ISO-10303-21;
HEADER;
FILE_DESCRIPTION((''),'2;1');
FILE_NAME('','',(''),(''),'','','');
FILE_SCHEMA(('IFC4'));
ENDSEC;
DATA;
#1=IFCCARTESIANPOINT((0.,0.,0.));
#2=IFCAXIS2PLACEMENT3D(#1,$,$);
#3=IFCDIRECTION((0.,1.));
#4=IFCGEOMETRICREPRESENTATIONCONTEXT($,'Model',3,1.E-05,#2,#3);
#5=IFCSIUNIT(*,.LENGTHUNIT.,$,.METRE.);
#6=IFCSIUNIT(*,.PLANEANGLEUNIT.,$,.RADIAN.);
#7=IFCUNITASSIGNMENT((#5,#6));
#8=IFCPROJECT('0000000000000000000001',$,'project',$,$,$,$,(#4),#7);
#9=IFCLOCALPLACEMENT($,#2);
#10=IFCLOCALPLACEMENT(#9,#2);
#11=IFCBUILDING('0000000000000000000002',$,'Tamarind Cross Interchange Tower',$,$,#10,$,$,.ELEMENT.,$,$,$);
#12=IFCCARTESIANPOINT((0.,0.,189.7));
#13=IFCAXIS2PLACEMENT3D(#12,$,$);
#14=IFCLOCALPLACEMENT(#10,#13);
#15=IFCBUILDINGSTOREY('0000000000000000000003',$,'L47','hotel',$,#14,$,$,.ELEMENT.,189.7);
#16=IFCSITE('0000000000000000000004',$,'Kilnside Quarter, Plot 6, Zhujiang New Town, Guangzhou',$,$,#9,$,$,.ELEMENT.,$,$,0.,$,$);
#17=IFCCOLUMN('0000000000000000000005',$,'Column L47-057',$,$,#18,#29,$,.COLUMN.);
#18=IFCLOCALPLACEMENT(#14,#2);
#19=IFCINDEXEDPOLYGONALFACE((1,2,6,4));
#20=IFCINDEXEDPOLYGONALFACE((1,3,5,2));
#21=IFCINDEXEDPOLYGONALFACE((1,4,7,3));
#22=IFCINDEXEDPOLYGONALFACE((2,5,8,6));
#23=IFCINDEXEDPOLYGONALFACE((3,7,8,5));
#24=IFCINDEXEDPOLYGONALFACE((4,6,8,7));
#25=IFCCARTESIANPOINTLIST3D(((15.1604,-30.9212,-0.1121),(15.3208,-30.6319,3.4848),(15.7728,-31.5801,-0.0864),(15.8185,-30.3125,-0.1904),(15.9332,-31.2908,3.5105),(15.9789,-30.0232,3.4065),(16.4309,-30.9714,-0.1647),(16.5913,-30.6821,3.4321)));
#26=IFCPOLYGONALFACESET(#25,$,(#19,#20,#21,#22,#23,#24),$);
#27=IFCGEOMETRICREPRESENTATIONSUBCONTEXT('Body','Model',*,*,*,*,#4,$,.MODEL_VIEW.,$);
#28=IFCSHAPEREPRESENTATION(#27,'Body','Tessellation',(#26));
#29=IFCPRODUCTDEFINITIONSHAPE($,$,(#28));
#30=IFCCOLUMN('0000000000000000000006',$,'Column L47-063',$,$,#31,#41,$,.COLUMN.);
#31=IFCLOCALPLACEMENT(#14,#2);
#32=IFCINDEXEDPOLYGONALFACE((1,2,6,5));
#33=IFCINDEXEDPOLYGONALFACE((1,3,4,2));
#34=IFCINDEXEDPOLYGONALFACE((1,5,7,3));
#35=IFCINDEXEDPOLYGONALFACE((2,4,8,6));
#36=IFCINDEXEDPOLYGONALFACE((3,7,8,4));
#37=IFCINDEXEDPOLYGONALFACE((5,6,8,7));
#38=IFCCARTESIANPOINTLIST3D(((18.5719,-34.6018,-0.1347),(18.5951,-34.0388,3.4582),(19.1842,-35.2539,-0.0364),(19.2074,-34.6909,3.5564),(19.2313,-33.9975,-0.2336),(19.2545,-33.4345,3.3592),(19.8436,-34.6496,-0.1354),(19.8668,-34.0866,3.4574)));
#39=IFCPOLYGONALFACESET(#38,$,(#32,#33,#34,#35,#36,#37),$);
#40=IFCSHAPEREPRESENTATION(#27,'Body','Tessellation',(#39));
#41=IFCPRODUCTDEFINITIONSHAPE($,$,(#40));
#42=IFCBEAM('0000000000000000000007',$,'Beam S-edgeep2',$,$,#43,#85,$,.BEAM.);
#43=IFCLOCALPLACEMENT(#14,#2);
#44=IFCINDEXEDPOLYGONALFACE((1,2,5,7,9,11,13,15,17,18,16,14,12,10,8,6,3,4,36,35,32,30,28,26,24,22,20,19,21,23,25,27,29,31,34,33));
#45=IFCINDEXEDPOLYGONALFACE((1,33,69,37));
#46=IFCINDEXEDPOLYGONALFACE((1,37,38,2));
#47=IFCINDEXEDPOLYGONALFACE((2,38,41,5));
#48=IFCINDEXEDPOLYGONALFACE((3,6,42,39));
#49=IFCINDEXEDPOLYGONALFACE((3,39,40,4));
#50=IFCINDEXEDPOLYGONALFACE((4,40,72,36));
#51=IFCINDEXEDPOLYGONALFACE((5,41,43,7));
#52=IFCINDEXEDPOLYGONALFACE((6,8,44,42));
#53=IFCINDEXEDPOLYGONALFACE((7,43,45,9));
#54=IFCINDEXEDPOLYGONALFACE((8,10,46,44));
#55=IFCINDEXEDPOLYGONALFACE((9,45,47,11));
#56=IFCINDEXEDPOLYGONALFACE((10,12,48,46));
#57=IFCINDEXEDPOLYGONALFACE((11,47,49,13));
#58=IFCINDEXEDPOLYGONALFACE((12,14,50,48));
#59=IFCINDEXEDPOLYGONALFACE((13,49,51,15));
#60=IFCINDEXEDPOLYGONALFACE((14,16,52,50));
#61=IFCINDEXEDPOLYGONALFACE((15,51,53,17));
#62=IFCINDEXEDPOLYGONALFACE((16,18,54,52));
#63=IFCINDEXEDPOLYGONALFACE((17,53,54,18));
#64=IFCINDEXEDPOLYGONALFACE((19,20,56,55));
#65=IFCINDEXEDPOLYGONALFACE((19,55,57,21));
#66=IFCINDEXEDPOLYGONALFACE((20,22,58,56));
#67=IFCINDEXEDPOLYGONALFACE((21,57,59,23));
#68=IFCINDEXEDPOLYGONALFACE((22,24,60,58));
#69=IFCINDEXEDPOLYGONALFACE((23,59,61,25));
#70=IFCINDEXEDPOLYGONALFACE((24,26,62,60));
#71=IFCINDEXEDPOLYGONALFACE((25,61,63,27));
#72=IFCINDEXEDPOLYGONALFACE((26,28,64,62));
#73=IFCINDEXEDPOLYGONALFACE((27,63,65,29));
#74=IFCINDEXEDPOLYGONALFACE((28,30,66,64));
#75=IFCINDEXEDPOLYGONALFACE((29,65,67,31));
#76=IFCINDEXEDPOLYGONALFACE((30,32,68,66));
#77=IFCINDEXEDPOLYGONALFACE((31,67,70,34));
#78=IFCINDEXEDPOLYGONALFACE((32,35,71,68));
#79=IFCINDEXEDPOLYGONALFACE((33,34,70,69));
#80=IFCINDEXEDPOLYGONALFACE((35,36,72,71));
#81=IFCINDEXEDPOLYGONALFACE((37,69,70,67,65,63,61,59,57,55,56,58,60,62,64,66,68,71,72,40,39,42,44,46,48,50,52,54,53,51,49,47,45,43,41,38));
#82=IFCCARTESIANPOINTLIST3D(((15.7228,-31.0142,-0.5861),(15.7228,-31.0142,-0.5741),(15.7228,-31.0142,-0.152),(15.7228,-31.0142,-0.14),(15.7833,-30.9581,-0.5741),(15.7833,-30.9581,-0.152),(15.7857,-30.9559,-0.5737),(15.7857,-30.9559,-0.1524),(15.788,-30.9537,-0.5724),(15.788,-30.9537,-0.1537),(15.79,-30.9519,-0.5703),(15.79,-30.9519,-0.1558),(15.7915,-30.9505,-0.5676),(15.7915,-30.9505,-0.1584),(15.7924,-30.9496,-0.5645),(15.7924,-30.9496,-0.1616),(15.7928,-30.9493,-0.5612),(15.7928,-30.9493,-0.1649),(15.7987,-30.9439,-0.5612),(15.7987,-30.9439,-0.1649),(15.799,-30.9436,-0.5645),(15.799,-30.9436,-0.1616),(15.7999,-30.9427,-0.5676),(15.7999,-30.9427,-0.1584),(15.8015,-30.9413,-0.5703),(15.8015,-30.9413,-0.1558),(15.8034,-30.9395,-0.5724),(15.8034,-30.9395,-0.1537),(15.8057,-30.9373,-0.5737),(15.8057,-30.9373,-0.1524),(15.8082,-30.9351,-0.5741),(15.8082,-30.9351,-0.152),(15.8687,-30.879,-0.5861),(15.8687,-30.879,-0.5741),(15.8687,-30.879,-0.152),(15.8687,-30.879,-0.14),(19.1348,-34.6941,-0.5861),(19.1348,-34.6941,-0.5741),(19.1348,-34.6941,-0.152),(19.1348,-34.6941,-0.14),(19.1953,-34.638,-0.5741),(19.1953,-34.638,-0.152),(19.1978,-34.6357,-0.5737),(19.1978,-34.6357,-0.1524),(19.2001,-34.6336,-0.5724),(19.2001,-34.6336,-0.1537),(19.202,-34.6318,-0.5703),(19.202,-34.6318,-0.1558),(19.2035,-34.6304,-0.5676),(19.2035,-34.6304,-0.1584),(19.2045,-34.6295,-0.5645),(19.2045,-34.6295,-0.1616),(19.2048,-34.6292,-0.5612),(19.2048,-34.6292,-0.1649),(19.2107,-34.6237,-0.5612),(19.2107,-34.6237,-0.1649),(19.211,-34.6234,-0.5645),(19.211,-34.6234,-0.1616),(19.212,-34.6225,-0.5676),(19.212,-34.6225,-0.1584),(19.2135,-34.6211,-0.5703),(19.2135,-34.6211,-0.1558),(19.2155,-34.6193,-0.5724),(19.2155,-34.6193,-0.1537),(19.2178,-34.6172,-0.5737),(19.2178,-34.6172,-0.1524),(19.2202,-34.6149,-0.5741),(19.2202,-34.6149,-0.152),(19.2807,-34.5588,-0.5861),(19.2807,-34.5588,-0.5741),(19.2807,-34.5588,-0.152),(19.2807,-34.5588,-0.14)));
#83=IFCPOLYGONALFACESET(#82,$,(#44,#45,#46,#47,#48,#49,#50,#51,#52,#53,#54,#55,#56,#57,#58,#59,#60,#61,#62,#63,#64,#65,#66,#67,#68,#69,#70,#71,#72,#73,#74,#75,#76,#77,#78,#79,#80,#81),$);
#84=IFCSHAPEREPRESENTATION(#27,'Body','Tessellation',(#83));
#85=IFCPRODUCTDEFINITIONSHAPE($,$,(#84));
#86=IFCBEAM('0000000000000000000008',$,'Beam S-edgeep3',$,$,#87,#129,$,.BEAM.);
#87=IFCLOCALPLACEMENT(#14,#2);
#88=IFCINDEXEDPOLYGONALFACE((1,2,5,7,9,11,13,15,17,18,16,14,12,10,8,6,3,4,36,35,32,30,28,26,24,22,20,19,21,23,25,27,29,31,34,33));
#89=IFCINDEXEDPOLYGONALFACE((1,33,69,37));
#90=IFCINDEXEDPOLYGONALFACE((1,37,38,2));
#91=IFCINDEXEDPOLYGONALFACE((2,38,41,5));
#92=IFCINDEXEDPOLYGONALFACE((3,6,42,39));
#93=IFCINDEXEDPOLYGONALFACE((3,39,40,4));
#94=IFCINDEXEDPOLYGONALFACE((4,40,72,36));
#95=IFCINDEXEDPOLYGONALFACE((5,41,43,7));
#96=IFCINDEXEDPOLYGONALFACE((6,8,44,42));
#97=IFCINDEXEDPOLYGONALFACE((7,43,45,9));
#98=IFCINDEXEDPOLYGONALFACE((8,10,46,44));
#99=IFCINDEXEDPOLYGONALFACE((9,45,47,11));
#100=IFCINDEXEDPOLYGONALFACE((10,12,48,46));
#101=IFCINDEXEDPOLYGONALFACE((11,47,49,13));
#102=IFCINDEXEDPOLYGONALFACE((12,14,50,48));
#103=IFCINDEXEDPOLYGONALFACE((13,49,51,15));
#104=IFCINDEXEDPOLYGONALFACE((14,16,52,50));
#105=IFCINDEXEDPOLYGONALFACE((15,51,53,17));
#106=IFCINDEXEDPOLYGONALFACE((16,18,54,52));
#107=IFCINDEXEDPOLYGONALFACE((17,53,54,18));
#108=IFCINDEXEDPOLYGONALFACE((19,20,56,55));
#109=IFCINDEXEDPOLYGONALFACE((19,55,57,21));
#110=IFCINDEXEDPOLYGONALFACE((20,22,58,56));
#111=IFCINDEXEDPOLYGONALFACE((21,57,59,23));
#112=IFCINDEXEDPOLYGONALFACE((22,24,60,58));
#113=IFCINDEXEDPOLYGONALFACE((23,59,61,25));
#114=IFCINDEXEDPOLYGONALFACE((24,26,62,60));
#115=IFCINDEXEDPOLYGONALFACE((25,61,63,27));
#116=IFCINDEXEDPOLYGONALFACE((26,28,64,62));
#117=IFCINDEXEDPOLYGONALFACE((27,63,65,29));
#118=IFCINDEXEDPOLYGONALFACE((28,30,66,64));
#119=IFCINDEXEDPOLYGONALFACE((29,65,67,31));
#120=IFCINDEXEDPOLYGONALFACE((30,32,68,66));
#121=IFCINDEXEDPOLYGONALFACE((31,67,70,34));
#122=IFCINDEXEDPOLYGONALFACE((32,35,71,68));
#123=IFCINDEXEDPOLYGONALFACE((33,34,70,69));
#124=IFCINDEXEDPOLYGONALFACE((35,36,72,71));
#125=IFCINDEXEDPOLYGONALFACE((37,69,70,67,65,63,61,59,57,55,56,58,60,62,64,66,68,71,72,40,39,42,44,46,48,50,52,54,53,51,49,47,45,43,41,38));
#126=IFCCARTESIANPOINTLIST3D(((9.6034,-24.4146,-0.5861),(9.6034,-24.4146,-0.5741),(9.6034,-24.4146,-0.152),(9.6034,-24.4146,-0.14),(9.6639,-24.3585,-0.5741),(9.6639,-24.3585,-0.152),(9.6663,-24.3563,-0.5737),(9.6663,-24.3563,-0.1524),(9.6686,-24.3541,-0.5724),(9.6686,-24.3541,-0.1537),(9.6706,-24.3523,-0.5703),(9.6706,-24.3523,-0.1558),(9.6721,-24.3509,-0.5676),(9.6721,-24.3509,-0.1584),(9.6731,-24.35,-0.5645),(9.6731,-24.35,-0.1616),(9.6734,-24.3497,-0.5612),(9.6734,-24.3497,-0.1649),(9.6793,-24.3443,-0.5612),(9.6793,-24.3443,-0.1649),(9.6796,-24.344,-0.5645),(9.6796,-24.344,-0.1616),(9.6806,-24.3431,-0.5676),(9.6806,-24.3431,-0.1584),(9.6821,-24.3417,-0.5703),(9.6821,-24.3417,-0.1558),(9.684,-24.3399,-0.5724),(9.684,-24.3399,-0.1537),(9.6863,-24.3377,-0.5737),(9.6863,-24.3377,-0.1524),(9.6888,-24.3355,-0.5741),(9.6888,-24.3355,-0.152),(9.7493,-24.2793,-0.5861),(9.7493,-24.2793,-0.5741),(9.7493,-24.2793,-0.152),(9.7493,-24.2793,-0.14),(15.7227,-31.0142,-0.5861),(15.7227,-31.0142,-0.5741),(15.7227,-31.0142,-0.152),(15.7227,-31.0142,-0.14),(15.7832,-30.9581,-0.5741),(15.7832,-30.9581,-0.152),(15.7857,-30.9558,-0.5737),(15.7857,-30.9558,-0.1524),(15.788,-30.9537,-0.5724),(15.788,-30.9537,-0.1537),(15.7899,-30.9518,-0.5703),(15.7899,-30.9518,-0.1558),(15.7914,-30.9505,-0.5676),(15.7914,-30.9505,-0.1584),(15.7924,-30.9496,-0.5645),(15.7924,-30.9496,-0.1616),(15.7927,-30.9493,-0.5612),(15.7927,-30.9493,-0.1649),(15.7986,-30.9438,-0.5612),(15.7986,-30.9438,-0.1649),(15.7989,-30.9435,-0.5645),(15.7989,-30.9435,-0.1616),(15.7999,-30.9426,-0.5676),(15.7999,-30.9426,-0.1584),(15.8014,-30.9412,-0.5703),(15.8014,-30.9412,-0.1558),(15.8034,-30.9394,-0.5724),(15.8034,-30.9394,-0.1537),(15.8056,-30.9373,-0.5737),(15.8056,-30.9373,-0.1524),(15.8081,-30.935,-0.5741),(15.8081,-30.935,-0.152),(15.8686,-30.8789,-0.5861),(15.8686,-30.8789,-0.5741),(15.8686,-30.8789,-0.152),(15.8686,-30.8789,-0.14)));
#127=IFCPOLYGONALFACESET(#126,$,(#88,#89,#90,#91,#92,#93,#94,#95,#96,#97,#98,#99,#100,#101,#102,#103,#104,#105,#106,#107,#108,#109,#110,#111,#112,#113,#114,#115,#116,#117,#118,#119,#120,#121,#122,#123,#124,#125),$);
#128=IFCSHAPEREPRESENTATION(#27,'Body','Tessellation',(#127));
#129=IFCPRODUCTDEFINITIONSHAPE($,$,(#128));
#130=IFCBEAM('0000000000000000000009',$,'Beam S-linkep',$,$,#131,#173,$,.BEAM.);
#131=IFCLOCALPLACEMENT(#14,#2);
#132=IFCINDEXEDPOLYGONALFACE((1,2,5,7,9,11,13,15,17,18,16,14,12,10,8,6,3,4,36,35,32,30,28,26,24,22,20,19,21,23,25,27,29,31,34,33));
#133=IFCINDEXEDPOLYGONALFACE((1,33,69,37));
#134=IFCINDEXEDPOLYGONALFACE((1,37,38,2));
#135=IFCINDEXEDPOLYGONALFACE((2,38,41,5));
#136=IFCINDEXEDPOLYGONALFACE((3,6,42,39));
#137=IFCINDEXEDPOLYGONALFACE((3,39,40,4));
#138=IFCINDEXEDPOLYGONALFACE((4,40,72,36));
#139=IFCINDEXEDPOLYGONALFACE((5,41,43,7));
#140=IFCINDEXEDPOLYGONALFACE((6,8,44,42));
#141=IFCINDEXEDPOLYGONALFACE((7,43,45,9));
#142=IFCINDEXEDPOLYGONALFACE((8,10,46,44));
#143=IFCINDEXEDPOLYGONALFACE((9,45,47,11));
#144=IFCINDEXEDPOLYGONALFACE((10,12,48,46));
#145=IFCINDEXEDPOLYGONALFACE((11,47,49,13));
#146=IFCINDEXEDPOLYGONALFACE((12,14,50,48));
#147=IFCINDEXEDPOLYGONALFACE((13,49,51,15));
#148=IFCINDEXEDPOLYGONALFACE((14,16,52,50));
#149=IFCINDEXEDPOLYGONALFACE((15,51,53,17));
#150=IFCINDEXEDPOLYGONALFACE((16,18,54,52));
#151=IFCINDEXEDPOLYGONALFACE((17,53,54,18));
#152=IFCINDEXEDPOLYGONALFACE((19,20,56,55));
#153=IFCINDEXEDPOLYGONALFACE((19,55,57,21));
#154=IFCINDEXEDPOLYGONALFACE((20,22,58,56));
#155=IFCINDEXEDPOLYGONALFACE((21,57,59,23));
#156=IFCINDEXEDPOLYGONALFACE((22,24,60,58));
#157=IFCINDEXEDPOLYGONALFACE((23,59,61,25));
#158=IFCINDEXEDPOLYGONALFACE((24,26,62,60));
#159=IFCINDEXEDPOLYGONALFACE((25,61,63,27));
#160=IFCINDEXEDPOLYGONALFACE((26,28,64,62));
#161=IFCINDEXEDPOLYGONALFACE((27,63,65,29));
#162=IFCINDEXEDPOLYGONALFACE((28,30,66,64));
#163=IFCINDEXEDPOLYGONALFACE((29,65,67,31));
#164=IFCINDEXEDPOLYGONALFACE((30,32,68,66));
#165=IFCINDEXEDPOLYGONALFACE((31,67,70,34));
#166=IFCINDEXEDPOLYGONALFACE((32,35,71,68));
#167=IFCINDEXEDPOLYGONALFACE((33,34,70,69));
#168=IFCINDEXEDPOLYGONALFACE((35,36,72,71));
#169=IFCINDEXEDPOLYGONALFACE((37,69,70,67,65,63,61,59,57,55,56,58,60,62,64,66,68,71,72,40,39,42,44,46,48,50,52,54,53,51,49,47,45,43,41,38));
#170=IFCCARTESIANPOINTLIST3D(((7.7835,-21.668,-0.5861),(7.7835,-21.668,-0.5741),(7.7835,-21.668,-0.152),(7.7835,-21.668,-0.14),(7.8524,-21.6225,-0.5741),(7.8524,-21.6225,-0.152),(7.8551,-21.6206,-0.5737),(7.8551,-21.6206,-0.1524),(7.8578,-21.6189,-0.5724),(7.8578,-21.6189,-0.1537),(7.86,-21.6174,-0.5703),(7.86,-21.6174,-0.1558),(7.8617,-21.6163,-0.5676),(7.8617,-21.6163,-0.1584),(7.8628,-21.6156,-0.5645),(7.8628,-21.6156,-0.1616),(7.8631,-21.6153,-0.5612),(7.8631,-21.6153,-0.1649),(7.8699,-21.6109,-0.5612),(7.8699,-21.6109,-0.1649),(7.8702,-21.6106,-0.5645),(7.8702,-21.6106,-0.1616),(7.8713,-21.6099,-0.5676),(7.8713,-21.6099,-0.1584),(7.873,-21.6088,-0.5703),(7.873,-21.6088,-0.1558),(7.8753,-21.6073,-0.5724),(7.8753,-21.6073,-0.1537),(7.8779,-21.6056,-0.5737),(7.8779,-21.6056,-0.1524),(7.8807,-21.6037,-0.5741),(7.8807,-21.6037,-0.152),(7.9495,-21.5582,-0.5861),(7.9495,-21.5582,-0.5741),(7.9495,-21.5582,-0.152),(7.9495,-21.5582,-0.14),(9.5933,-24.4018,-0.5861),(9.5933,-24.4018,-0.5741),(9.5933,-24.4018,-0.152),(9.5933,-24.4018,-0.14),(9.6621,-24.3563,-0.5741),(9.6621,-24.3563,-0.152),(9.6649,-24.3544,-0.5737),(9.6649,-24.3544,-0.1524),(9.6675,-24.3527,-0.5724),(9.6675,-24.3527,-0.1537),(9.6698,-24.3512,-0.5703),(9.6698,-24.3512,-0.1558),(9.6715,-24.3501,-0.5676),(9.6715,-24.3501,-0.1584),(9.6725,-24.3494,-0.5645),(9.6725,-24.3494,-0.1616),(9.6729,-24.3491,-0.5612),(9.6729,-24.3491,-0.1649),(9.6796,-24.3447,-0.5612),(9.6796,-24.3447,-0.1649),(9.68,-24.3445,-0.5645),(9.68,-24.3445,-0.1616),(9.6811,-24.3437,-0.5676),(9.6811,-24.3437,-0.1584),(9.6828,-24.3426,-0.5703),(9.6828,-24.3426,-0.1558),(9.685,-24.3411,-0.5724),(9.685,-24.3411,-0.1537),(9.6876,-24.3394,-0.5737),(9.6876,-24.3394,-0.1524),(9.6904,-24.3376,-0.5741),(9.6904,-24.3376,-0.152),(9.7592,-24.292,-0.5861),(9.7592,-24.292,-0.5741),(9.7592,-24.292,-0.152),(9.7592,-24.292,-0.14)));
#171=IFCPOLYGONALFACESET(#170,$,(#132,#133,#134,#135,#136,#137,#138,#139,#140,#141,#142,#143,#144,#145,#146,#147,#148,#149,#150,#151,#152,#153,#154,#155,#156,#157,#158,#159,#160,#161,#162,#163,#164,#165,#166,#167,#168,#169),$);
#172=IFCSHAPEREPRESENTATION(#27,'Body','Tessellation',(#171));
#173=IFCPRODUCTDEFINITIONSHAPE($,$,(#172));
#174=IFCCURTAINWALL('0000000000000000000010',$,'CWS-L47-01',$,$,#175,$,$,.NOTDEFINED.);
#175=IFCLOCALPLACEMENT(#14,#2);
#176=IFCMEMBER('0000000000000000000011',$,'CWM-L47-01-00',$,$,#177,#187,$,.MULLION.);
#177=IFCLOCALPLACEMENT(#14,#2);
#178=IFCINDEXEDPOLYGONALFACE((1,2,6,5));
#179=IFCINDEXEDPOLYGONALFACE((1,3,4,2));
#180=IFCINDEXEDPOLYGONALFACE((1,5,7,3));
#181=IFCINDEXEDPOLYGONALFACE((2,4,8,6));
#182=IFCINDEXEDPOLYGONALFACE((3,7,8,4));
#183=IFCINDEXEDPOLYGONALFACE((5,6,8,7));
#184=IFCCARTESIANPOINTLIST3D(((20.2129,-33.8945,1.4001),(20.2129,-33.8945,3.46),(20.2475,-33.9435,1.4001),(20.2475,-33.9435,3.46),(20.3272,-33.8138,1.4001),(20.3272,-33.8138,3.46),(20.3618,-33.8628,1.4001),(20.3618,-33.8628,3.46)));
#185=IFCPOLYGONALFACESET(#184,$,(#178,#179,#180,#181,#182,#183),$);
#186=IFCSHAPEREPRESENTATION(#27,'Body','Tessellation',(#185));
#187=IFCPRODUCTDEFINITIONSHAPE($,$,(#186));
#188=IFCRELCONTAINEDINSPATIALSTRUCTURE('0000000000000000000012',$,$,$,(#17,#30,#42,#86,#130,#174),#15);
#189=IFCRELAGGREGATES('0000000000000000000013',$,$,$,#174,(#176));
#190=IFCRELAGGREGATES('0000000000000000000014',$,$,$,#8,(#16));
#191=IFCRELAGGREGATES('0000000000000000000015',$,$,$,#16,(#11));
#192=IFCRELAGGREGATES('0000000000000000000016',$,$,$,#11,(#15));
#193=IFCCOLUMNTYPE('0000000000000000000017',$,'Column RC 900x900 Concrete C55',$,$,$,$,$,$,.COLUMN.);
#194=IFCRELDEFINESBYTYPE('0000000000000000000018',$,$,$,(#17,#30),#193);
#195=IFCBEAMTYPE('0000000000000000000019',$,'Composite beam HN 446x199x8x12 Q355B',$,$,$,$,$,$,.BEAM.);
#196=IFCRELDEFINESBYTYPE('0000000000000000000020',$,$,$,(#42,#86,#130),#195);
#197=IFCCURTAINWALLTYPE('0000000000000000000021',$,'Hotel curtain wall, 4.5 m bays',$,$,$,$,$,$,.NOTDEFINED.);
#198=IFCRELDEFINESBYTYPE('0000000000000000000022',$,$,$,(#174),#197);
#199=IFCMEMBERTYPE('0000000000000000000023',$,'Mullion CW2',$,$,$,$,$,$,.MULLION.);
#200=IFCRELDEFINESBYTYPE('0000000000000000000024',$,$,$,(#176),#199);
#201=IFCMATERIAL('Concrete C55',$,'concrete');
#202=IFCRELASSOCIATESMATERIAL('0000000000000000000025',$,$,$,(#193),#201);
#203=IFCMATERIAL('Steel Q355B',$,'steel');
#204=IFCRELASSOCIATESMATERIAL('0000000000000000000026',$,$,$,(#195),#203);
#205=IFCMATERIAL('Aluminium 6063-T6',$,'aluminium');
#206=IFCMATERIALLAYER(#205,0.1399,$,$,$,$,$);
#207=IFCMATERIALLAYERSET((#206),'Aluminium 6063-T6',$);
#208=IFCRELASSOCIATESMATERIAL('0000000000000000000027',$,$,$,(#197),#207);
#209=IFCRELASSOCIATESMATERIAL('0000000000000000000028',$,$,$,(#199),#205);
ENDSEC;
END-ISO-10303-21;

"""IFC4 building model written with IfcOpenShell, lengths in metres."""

from ifc_helpers import new_model, si_unit, direction, frame, origin, origin_2d, place, context, subcontext, project, spatial, rectangle, i_section, extrude, material, layer, layer_set, material_profile, profile_set, type_object, element, aggregate, save


model = new_model("IFC4")

# Units and contexts
model_context = context("Model", 3, precision=1e-05, world=origin(), true_north=direction((0.0, 1.0)))
body_context = subcontext(model_context, "Body", "Model", "MODEL_VIEW")
ifc_project = project(units=[si_unit("LENGTHUNIT", "METRE"), si_unit("PLANEANGLEUNIT", "RADIAN")], contexts=[model_context])

# Site, building, storey
site_placement = place(None, origin())
site = spatial("IfcSite", under=ifc_project, at=site_placement, Name="Kilnside Quarter, Plot 6, Zhujiang New Town, Guangzhou", CompositionType="ELEMENT", RefElevation=0.0)
building_placement = place(site_placement, origin())
building = spatial("IfcBuilding", under=site, at=building_placement, Name="Tamarind Cross Interchange Tower", CompositionType="ELEMENT")
storey_placement = place(building_placement, frame((0.0, 0.0, 189.7)))
storey = spatial("IfcBuildingStorey", under=building, at=storey_placement, Name="L47", Description="hotel", CompositionType="ELEMENT", Elevation=189.7)

# Columns
ifc_material_1 = material(Name="Concrete C55", Category="concrete")
ifc_material_profile_1 = material_profile(ifc_material_1, rectangle(XDim=0.8999, YDim=0.8999, at=origin_2d()), Name="RC 900x900")
ifc_profile_set_1 = profile_set([ifc_material_profile_1], Name="Concrete C55")
column_type = type_object("IfcColumnType", Name="Column RC 900x900 Concrete C55", PredefinedType="COLUMN", material=ifc_profile_set_1)
column_1_placement = place(storey_placement, frame((15.7957, -30.9463, -0.1384), z_axis=(0.044406, 0.080094, 0.995798), x_axis=(-0.731369, -0.676408, 0.087019)))
element("IfcColumn", 1, at=column_1_placement, inside=storey, type_object=column_type, Name="Column L47-057", PredefinedType="COLUMN", context=body_context, shape_type="SweptSolid", body=[
    extrude(rectangle(XDim=0.8999, YDim=0.8999, at=origin_2d()), origin(), (0.0, 0.0, 1.0), 3.6121),
])
column_2_placement = place(storey_placement, frame((19.2078, -34.6257, -0.135), z_axis=(0.006378, 0.154808, 0.987924), x_axis=(-0.732786, -0.671517, 0.109957)))
element("IfcColumn", 2, at=column_2_placement, inside=storey, type_object=column_type, Name="Column L47-063", PredefinedType="COLUMN", context=body_context, shape_type="SweptSolid", body=[
    extrude(rectangle(XDim=0.8999, YDim=0.8999, at=origin_2d()), origin(), (0.0, 0.0, 1.0), 3.6367),
])

# Beams
ifc_material_2 = material(Name="Steel Q355B", Category="steel")
ifc_material_profile_2 = material_profile(ifc_material_2, i_section(OverallWidth=0.199, OverallDepth=0.446, WebThickness=0.0081, FlangeThickness=0.012, FilletRadius=0.0129, at=origin_2d()), Name="HN 446x199x8x12")
ifc_profile_set_2 = profile_set([ifc_material_profile_2], Name="Steel Q355B")
beam_type = type_object("IfcBeamType", Name="Composite beam HN 446x199x8x12 Q355B", PredefinedType="BEAM", material=ifc_profile_set_2)
beam_1_placement = place(storey_placement, frame((19.2078, -34.6265, -0.363), z_axis=(-0.679919, 0.733287, 0.0), x_axis=(-0.733287, -0.679919, 0.0)))
element("IfcBeam", 3, at=beam_1_placement, inside=storey, type_object=beam_type, Name="Beam S-edgeep2", PredefinedType="BEAM", context=body_context, shape_type="SweptSolid", body=[
    extrude(i_section(OverallWidth=0.199, OverallDepth=0.446, WebThickness=0.0081, FlangeThickness=0.012, FilletRadius=0.0129, at=origin_2d()), origin(), (0.0, 0.0, 1.0), 5.0183),
])
beam_2_placement = place(storey_placement, frame((15.7957, -30.9465, -0.363), z_axis=(-0.679924, 0.733282, 0.0), x_axis=(-0.733282, -0.679924, 0.0)))
element("IfcBeam", 4, at=beam_2_placement, inside=storey, type_object=beam_type, Name="Beam S-edgeep3", PredefinedType="BEAM", context=body_context, shape_type="SweptSolid", body=[
    extrude(i_section(OverallWidth=0.199, OverallDepth=0.446, WebThickness=0.0081, FlangeThickness=0.012, FilletRadius=0.0129, at=origin_2d()), origin(), (0.0, 0.0, 1.0), 9.0),
])
beam_3_placement = place(storey_placement, frame((9.6763, -24.3469, -0.363), z_axis=(-0.551999, 0.833845, 0.0), x_axis=(-0.833845, -0.551999, 0.0)))
element("IfcBeam", 5, at=beam_3_placement, inside=storey, type_object=beam_type, Name="Beam S-linkep", PredefinedType="BEAM", context=body_context, shape_type="SweptSolid", body=[
    extrude(i_section(OverallWidth=0.199, OverallDepth=0.446, WebThickness=0.0081, FlangeThickness=0.012, FilletRadius=0.0129, at=origin_2d()), origin(), (0.0, 0.0, 1.0), 3.2786),
])

# Curtain wall, member
ifc_material_3 = material(Name="Aluminium 6063-T6", Category="aluminium")
ifc_layer_1 = layer(ifc_material_3, 0.1399)
ifc_layer_set_1 = layer_set([ifc_layer_1], Name="Aluminium 6063-T6")
curtain_wall_type = type_object("IfcCurtainWallType", Name="Hotel curtain wall, 4.5 m bays", PredefinedType="NOTDEFINED", material=ifc_layer_set_1)
curtain_wall_1_placement = place(storey_placement, origin())
curtain_wall_1 = element("IfcCurtainWall", 6, at=curtain_wall_1_placement, inside=storey, type_object=curtain_wall_type, Name="CWS-L47-01", PredefinedType="NOTDEFINED")
ifc_material_profile_3 = material_profile(ifc_material_3, rectangle(XDim=0.0601, YDim=0.1399, at=origin_2d()), Name="Mullion CW2")
ifc_profile_set_3 = profile_set([ifc_material_profile_3], Name="Aluminium 6063-T6")
member_type = type_object("IfcMemberType", Name="Mullion CW2", PredefinedType="MULLION", material=ifc_profile_set_3)
member_1_placement = place(storey_placement, frame((20.2874, -33.8787, 1.4001), z_axis=(0.0, 0.0, 1.0), x_axis=(-0.576936, 0.81679, 0.0)))
member_1 = element("IfcMember", 7, at=member_1_placement, type_object=member_type, Name="CWM-L47-01-00", PredefinedType="MULLION", context=body_context, shape_type="SweptSolid", body=[
    extrude(rectangle(XDim=0.0601, YDim=0.1399, at=origin_2d()), origin(), (0.0, 0.0, 1.0), 2.0598),
])
aggregate(curtain_wall_1, [member_1])

save(model, "model.ifc")
